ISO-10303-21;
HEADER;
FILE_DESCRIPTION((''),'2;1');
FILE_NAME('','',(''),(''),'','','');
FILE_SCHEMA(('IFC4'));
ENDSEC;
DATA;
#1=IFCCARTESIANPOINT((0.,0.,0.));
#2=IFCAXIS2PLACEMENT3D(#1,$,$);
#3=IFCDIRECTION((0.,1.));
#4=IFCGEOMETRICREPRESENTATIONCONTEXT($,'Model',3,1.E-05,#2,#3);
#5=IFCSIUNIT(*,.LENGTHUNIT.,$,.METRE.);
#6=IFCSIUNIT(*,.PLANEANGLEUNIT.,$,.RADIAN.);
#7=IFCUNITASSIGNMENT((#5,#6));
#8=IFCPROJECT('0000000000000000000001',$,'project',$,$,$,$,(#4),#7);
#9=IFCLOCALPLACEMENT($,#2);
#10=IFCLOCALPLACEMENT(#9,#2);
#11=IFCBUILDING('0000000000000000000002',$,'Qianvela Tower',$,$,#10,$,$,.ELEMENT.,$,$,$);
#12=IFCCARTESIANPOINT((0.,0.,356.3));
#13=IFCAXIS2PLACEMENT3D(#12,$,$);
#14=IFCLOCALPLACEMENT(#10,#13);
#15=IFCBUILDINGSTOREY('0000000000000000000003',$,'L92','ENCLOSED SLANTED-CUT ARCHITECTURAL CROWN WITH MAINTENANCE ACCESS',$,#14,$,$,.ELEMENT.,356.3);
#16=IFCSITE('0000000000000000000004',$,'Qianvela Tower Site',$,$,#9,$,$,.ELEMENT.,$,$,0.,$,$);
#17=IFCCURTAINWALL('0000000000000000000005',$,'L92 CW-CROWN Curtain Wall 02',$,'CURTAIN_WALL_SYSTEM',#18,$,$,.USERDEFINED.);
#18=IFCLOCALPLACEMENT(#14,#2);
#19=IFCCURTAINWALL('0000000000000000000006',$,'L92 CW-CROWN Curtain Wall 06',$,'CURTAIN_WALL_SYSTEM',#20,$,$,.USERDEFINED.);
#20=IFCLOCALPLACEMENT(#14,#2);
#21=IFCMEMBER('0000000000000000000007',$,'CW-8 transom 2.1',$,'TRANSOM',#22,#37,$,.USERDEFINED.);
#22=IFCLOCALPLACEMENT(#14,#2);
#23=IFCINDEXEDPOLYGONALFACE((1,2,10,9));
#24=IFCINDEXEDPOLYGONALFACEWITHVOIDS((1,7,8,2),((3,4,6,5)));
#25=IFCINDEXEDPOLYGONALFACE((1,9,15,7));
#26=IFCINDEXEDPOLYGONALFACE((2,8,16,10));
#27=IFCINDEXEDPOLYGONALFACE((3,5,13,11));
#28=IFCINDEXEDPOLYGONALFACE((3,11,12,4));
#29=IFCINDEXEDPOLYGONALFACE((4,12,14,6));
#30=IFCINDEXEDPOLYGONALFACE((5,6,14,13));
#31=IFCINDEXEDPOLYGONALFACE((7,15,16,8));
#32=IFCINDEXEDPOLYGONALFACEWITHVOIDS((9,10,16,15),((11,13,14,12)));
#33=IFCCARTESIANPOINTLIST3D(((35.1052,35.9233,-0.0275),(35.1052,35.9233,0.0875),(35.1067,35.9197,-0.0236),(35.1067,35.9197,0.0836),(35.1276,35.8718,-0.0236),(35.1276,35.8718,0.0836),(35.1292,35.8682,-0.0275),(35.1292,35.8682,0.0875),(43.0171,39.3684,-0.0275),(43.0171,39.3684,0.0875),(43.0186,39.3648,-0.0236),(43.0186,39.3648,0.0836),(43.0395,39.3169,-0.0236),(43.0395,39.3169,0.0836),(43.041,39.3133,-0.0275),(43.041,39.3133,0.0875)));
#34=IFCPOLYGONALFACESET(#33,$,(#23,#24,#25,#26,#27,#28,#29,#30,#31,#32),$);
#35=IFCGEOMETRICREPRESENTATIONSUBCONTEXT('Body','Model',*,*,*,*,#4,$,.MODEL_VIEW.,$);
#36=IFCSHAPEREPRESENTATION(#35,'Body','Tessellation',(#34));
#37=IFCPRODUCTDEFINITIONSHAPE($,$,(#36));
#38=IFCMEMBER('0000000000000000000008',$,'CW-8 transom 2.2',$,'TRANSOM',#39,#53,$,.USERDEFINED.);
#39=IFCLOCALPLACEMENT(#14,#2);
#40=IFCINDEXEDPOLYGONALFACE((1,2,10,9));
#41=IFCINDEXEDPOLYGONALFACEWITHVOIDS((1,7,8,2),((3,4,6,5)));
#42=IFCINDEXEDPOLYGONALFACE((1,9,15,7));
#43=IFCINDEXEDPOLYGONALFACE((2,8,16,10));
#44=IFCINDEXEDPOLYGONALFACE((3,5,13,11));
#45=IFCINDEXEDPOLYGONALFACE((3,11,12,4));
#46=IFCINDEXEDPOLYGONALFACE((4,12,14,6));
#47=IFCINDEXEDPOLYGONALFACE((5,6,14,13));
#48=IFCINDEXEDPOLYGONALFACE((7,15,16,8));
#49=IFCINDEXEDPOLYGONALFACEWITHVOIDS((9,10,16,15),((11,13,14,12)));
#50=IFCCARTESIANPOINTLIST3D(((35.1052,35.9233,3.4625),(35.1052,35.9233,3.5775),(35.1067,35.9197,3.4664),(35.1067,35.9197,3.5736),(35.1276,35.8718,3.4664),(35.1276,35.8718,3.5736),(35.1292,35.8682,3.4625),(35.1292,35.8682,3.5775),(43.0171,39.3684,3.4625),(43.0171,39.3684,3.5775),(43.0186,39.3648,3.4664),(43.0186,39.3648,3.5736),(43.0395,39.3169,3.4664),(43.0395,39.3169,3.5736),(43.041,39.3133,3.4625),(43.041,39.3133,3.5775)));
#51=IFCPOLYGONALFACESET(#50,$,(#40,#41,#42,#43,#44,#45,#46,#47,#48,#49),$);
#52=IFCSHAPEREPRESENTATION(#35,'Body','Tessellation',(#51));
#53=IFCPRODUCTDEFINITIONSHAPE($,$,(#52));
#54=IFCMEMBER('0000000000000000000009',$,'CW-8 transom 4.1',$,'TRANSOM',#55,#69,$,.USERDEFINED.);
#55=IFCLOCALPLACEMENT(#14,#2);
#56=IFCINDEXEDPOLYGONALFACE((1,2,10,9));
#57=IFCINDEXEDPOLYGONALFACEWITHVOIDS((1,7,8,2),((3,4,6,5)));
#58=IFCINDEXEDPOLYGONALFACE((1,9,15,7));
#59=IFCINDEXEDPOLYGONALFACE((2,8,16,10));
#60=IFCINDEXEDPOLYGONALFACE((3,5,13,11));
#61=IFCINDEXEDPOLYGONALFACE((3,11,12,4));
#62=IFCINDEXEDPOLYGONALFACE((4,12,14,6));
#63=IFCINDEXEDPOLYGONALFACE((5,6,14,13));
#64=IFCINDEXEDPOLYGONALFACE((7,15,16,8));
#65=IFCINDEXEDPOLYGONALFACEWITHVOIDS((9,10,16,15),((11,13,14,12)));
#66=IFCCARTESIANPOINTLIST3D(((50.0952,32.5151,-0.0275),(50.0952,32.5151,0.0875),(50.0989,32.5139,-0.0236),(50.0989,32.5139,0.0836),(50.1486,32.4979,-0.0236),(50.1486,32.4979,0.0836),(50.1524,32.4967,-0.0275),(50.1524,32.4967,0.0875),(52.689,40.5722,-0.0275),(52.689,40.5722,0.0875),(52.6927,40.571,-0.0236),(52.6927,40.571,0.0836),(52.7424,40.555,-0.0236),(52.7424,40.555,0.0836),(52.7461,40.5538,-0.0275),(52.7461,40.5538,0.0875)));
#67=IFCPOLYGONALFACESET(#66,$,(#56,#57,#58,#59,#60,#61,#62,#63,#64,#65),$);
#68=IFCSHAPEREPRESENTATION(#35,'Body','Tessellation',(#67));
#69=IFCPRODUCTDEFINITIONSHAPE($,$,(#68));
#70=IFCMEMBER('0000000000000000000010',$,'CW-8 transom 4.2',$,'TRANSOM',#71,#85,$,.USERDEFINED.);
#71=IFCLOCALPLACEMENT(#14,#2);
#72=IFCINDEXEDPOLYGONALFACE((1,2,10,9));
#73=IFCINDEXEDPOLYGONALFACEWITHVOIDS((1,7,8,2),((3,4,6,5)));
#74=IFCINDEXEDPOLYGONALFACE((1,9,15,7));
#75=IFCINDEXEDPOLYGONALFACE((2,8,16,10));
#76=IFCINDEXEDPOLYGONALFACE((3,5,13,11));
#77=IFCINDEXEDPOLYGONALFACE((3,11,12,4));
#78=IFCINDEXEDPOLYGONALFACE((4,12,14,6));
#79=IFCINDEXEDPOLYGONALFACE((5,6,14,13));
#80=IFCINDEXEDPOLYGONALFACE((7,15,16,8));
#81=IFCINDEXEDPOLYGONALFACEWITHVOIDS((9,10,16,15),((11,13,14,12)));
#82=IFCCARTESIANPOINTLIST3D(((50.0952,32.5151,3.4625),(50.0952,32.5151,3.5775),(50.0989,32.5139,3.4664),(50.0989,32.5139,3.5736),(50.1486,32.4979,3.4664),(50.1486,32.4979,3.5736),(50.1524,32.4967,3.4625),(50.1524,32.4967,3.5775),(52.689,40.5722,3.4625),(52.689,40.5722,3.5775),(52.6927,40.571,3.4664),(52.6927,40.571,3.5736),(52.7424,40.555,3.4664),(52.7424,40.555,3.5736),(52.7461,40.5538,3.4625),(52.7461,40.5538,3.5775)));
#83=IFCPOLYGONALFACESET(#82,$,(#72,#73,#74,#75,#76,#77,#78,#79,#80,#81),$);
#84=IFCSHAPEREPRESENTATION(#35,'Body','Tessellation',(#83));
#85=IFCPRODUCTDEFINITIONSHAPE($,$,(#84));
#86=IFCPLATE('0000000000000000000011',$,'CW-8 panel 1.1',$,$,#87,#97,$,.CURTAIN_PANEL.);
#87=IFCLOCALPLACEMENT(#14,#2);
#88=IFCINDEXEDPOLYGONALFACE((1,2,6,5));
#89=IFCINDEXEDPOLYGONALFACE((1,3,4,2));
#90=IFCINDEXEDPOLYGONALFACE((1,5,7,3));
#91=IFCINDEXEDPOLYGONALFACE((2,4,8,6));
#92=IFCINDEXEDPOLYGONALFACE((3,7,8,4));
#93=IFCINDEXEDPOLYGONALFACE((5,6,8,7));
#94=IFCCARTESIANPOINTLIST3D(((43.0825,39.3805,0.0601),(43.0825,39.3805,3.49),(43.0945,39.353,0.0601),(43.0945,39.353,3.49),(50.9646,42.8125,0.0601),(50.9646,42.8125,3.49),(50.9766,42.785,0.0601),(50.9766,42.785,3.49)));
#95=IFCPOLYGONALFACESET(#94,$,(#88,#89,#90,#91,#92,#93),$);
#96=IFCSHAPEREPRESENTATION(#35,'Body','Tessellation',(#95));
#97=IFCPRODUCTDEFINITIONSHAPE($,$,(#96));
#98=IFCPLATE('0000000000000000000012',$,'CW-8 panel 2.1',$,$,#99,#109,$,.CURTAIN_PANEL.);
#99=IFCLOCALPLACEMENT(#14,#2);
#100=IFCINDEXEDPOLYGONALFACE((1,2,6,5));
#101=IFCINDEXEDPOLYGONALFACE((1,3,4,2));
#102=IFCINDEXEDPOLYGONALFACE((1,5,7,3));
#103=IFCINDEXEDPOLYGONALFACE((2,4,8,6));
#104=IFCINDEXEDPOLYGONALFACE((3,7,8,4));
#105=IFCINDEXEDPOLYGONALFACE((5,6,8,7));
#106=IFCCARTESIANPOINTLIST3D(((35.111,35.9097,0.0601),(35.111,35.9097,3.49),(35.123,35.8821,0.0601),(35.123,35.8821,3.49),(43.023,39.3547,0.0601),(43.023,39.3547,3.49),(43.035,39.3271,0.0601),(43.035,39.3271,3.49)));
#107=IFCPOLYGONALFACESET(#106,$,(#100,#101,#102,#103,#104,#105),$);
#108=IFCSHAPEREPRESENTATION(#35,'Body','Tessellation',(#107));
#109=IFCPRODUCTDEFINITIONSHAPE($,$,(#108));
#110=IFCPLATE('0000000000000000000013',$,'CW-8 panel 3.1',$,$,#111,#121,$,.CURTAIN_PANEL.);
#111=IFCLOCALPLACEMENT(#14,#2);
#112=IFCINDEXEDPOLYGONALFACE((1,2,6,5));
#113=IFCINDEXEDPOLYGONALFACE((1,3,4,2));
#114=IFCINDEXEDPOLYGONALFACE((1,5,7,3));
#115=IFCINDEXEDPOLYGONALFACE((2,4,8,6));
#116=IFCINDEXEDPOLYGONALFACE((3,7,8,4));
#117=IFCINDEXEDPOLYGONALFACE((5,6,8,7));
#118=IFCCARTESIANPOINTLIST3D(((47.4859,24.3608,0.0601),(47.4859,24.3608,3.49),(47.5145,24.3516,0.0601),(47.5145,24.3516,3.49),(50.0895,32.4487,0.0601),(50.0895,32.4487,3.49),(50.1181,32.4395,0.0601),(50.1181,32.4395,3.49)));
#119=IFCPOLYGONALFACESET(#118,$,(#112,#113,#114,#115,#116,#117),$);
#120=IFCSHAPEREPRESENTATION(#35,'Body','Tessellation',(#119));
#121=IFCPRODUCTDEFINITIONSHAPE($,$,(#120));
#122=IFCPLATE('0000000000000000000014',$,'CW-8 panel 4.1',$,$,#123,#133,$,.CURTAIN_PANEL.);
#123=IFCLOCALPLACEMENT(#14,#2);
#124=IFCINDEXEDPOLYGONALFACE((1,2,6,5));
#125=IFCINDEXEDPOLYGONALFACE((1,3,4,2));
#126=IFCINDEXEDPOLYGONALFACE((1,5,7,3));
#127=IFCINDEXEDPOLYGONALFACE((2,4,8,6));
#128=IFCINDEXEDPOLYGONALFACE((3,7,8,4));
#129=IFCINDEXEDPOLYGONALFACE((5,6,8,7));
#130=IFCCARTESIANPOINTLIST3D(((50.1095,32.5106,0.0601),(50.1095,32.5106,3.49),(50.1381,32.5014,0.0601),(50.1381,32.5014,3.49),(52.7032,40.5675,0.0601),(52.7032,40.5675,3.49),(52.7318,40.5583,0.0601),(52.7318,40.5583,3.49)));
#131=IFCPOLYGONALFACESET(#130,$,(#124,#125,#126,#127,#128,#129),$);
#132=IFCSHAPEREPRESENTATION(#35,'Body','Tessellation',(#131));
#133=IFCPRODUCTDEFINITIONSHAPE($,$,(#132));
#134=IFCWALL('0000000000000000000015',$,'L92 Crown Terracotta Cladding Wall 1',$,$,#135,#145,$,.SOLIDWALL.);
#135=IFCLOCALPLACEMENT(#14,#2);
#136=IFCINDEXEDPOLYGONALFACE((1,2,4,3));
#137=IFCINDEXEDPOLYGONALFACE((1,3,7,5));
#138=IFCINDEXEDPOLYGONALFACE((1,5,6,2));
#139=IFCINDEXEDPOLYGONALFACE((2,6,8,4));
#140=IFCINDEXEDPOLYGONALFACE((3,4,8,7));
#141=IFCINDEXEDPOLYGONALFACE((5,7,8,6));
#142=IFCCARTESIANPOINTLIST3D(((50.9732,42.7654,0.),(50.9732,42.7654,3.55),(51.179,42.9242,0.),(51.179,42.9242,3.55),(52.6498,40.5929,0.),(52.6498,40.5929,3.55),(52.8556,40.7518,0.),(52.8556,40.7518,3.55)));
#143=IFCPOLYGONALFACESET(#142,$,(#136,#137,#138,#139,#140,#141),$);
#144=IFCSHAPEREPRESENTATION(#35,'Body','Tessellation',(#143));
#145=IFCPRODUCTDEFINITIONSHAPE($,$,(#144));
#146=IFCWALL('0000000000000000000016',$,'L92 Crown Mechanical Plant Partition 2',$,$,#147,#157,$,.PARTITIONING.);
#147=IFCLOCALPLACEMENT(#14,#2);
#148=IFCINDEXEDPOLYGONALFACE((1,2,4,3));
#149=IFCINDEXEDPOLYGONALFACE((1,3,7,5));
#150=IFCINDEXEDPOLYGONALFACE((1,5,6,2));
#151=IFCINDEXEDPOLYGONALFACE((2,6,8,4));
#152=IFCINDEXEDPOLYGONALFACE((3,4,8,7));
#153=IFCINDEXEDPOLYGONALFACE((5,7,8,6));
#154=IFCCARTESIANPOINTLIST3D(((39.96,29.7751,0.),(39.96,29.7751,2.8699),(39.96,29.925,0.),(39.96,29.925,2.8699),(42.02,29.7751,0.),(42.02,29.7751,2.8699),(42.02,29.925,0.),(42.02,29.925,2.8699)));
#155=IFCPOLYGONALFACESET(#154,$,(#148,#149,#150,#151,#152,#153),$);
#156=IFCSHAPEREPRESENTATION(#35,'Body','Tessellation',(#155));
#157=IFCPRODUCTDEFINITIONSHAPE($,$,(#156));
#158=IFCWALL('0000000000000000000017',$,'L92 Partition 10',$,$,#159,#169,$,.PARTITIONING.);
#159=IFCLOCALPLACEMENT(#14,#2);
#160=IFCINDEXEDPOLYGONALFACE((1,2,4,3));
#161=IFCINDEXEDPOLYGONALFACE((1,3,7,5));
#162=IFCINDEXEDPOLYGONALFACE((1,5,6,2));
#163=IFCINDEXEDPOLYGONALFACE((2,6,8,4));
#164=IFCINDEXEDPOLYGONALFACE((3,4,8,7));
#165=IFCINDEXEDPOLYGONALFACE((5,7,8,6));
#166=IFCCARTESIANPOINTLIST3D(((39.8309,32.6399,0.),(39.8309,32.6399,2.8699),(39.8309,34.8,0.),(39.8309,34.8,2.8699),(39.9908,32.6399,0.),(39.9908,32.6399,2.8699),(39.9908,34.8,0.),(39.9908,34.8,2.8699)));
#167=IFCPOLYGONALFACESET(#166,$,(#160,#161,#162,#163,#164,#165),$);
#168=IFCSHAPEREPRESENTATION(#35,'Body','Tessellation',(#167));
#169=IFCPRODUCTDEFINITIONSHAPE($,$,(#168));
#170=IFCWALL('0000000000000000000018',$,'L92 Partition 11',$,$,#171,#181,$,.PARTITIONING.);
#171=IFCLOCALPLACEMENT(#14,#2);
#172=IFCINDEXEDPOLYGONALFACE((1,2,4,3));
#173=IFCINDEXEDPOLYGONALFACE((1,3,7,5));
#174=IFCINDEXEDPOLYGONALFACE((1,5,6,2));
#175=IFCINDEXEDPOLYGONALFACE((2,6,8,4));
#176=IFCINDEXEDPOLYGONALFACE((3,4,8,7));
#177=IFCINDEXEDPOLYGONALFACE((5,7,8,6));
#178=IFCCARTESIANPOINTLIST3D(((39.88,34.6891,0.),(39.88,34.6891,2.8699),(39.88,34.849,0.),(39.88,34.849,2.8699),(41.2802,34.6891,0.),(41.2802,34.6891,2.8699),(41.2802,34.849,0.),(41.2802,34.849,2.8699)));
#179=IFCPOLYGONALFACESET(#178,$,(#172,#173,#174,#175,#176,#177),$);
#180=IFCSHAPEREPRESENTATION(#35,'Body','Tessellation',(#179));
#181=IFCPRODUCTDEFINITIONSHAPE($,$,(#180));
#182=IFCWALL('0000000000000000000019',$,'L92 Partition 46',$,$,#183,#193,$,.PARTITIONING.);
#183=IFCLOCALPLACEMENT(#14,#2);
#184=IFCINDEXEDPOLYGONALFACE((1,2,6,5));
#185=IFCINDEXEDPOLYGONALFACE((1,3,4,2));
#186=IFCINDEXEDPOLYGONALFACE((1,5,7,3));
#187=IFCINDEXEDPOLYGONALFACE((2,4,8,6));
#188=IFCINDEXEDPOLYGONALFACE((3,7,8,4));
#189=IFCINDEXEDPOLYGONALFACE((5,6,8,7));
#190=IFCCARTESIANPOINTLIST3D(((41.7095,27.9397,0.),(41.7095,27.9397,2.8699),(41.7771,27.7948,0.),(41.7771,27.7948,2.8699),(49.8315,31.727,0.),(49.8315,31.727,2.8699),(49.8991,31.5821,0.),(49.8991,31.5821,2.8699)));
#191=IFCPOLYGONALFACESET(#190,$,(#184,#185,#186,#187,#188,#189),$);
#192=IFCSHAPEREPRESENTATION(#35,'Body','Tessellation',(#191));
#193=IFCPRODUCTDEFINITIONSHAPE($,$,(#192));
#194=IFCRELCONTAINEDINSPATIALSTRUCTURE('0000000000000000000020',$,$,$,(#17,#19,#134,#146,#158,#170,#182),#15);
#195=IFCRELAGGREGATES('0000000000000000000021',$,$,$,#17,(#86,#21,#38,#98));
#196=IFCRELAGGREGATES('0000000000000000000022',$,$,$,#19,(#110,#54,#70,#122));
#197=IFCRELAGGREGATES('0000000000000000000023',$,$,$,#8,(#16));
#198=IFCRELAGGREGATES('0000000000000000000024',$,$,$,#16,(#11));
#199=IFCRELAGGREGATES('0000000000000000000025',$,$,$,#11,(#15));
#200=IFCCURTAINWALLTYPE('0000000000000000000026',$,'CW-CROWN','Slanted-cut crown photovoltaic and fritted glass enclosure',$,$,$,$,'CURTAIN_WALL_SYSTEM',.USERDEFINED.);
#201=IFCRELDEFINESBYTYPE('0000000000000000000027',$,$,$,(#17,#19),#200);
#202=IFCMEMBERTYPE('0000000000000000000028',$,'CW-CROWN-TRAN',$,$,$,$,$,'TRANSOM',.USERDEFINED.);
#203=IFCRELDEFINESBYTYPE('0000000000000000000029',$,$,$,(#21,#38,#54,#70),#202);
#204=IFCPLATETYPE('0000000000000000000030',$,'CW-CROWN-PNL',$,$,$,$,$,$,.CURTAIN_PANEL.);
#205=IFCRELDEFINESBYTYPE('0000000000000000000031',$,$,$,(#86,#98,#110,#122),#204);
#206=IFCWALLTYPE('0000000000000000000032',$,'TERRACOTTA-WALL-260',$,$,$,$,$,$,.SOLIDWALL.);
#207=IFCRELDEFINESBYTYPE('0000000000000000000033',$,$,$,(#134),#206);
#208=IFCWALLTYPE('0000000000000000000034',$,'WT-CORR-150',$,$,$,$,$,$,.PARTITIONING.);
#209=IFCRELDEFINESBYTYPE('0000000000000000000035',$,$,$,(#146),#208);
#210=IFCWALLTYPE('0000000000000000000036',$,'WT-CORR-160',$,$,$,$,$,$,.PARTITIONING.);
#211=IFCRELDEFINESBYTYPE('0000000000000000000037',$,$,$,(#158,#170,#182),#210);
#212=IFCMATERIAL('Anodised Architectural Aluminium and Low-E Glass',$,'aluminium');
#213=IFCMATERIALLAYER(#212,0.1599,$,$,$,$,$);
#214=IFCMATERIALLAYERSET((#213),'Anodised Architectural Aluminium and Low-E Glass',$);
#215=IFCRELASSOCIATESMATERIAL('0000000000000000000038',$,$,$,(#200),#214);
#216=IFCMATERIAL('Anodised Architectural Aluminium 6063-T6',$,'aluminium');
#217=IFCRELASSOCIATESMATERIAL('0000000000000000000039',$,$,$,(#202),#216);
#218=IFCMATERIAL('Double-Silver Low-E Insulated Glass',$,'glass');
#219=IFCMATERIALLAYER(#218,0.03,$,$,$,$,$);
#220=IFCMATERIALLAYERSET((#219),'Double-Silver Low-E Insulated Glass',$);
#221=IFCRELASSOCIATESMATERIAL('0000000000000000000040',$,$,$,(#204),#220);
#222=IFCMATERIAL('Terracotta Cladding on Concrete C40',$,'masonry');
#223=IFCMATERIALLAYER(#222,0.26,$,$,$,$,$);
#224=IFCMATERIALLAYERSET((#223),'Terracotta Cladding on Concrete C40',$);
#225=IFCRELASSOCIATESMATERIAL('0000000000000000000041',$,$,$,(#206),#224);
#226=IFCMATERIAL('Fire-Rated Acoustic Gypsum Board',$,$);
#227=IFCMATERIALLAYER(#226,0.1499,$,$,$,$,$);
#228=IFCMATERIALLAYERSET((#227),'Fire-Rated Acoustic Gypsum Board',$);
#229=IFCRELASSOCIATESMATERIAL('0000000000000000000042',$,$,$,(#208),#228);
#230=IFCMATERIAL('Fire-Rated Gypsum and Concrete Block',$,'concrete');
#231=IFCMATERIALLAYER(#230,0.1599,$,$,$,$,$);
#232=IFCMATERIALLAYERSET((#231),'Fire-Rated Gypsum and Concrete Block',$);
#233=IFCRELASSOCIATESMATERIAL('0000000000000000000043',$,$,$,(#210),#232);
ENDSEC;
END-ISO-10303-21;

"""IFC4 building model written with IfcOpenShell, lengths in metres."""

from ifc_helpers import new_model, si_unit, direction, frame, frame_2d, origin, origin_2d, place, context, subcontext, project, spatial, rectangle, hollow_rectangle, extrude, material, layer, layer_set, material_profile, profile_set, type_object, element, aggregate, save


model = new_model("IFC4")

# Units and contexts
model_context = context("Model", 3, precision=1e-05, world=origin(), true_north=direction((0.0, 1.0)))
body_context = subcontext(model_context, "Body", "Model", "MODEL_VIEW")
ifc_project = project(units=[si_unit("LENGTHUNIT", "METRE"), si_unit("PLANEANGLEUNIT", "RADIAN")], contexts=[model_context])

# Site, building, storey
site_placement = place(None, origin())
site = spatial("IfcSite", under=ifc_project, at=site_placement, Name="Qianvela Tower Site", CompositionType="ELEMENT", RefElevation=0.0)
building_placement = place(site_placement, origin())
building = spatial("IfcBuilding", under=site, at=building_placement, Name="Qianvela Tower", CompositionType="ELEMENT")
storey_placement = place(building_placement, frame((0.0, 0.0, 356.3)))
storey = spatial("IfcBuildingStorey", under=building, at=storey_placement, Name="L92", Description="ENCLOSED SLANTED-CUT ARCHITECTURAL CROWN WITH MAINTENANCE ACCESS", CompositionType="ELEMENT", Elevation=356.3)

# Curtain walls
ifc_material_1 = material(Name="Anodised Architectural Aluminium and Low-E Glass", Category="aluminium")
ifc_layer_1 = layer(ifc_material_1, 0.1599)
ifc_layer_set_1 = layer_set([ifc_layer_1], Name="Anodised Architectural Aluminium and Low-E Glass")
curtain_wall_type = type_object("IfcCurtainWallType", Name="CW-CROWN", Description="Slanted-cut crown photovoltaic and fritted glass enclosure", ElementType="CURTAIN_WALL_SYSTEM", PredefinedType="USERDEFINED", material=ifc_layer_set_1)
curtain_wall_1_placement = place(storey_placement, origin())
curtain_wall_1 = element("IfcCurtainWall", 1, at=curtain_wall_1_placement, inside=storey, type_object=curtain_wall_type, Name="L92 CW-CROWN Curtain Wall 02", ObjectType="CURTAIN_WALL_SYSTEM", PredefinedType="USERDEFINED")
curtain_wall_2_placement = place(storey_placement, origin())
curtain_wall_2 = element("IfcCurtainWall", 2, at=curtain_wall_2_placement, inside=storey, type_object=curtain_wall_type, Name="L92 CW-CROWN Curtain Wall 06", ObjectType="CURTAIN_WALL_SYSTEM", PredefinedType="USERDEFINED")

# Members
ifc_material_2 = material(Name="Anodised Architectural Aluminium 6063-T6", Category="aluminium")
ifc_material_profile_1 = material_profile(ifc_material_2, hollow_rectangle(XDim=0.0601, YDim=0.115, WallThickness=0.0039, at=origin_2d()), Name="ALU-TRAN-60x115")
ifc_profile_set_1 = profile_set([ifc_material_profile_1], Name="Anodised Architectural Aluminium 6063-T6")
member_type_1 = type_object("IfcMemberType", Name="CW-CROWN-TRAN", ElementType="TRANSOM", PredefinedType="USERDEFINED", material=ifc_profile_set_1)
member_1_placement = place(storey_placement, frame((43.0291, 39.3408, 0.03), z_axis=(-0.916853, -0.399226, 0.0), x_axis=(0.399226, -0.916853, 0.0)))
member_1 = element("IfcMember", 3, at=member_1_placement, type_object=member_type_1, Name="CW-8 transom 2.1", ObjectType="TRANSOM", PredefinedType="USERDEFINED", context=body_context, shape_type="SweptSolid", body=[
    extrude(hollow_rectangle(XDim=0.0601, YDim=0.115, WallThickness=0.0039, at=origin_2d()), origin(), (0.0, 0.0, 1.0), 8.6294),
])
member_2_placement = place(storey_placement, frame((43.0291, 39.3408, 3.52), z_axis=(-0.916853, -0.399226, 0.0), x_axis=(0.399226, -0.916853, 0.0)))
member_2 = element("IfcMember", 4, at=member_2_placement, type_object=member_type_1, Name="CW-8 transom 2.2", ObjectType="TRANSOM", PredefinedType="USERDEFINED", context=body_context, shape_type="SweptSolid", body=[
    extrude(hollow_rectangle(XDim=0.0601, YDim=0.115, WallThickness=0.0039, at=origin_2d()), origin(), (0.0, 0.0, 1.0), 8.6294),
])
member_3_placement = place(storey_placement, frame((50.1238, 32.5059, 0.03), z_axis=(0.306433, 0.951892, 0.0), x_axis=(-0.951892, 0.306433, 0.0)))
member_3 = element("IfcMember", 5, at=member_3_placement, type_object=member_type_1, Name="CW-8 transom 4.1", ObjectType="TRANSOM", PredefinedType="USERDEFINED", context=body_context, shape_type="SweptSolid", body=[
    extrude(hollow_rectangle(XDim=0.0601, YDim=0.115, WallThickness=0.0039, at=origin_2d()), origin(), (0.0, 0.0, 1.0), 8.4644),
])
member_4_placement = place(storey_placement, frame((50.1238, 32.5059, 3.52), z_axis=(0.306433, 0.951892, 0.0), x_axis=(-0.951892, 0.306433, 0.0)))
member_4 = element("IfcMember", 6, at=member_4_placement, type_object=member_type_1, Name="CW-8 transom 4.2", ObjectType="TRANSOM", PredefinedType="USERDEFINED", context=body_context, shape_type="SweptSolid", body=[
    extrude(hollow_rectangle(XDim=0.0601, YDim=0.115, WallThickness=0.0039, at=origin_2d()), origin(), (0.0, 0.0, 1.0), 8.4644),
])

# Plates
ifc_material_3 = material(Name="Double-Silver Low-E Insulated Glass", Category="glass")
ifc_layer_2 = layer(ifc_material_3, 0.03)
ifc_layer_set_2 = layer_set([ifc_layer_2], Name="Double-Silver Low-E Insulated Glass")
plate_type = type_object("IfcPlateType", Name="CW-CROWN-PNL", PredefinedType="CURTAIN_PANEL", material=ifc_layer_set_2)
plate_1_placement = place(storey_placement, frame((47.0295, 41.0828, 0.0601), z_axis=(0.0, 0.0, 1.0), x_axis=(-0.916857, -0.399215, 0.0)))
plate_1 = element("IfcPlate", 7, at=plate_1_placement, type_object=plate_type, Name="CW-8 panel 1.1", PredefinedType="CURTAIN_PANEL", context=body_context, shape_type="SweptSolid", body=[
    extrude(rectangle(XDim=8.5969, YDim=0.03, at=origin_2d()), origin(), (0.0, 0.0, 1.0), 3.4299),
])
plate_2_placement = place(storey_placement, frame((39.073, 37.6184, 0.0601), z_axis=(0.0, 0.0, 1.0), x_axis=(-0.916857, -0.399215, 0.0)))
plate_2 = element("IfcPlate", 8, at=plate_2_placement, type_object=plate_type, Name="CW-8 panel 2.1", PredefinedType="CURTAIN_PANEL", context=body_context, shape_type="SweptSolid", body=[
    extrude(rectangle(XDim=8.6294, YDim=0.03, at=origin_2d()), origin(), (0.0, 0.0, 1.0), 3.4299),
])
aggregate(curtain_wall_1, [plate_1, member_1, member_2, plate_2])
plate_3_placement = place(storey_placement, frame((48.802, 28.4001, 0.0601), z_axis=(0.0, 0.0, 1.0), x_axis=(0.306426, 0.951894, 0.0)))
plate_3 = element("IfcPlate", 9, at=plate_3_placement, type_object=plate_type, Name="CW-8 panel 3.1", PredefinedType="CURTAIN_PANEL", context=body_context, shape_type="SweptSolid", body=[
    extrude(rectangle(XDim=8.4966, YDim=0.03, at=origin_2d()), origin(), (0.0, 0.0, 1.0), 3.4299),
])
plate_4_placement = place(storey_placement, frame((51.4207, 36.5344, 0.0601), z_axis=(0.0, 0.0, 1.0), x_axis=(0.306426, 0.951894, 0.0)))
plate_4 = element("IfcPlate", 10, at=plate_4_placement, type_object=plate_type, Name="CW-8 panel 4.1", PredefinedType="CURTAIN_PANEL", context=body_context, shape_type="SweptSolid", body=[
    extrude(rectangle(XDim=8.4641, YDim=0.03, at=origin_2d()), origin(), (0.0, 0.0, 1.0), 3.4299),
])
aggregate(curtain_wall_2, [plate_3, member_3, member_4, plate_4])

# Wall
ifc_material_4 = material(Name="Terracotta Cladding on Concrete C40", Category="masonry")
ifc_layer_3 = layer(ifc_material_4, 0.26)
ifc_layer_set_3 = layer_set([ifc_layer_3], Name="Terracotta Cladding on Concrete C40")
wall_type_1 = type_object("IfcWallType", Name="TERRACOTTA-WALL-260", PredefinedType="SOLIDWALL", material=ifc_layer_set_3)
wall_1_placement = place(storey_placement, frame((52.7527, 40.6724, 0.0), z_axis=(0.0, 0.0, 1.0), x_axis=(-0.610961, 0.791661, 0.0)))
element("IfcWall", 11, at=wall_1_placement, inside=storey, type_object=wall_type_1, Name="L92 Crown Terracotta Cladding Wall 1", PredefinedType="SOLIDWALL", context=body_context, shape_type="SweptSolid", body=[
    extrude(rectangle(XDim=2.7441, YDim=0.26, at=frame_2d((1.3721, 0.0))), origin(), (0.0, 0.0, 1.0), 3.55),
])

# Shared definitions
ifc_material_5 = material(Name="Fire-Rated Acoustic Gypsum Board")
ifc_layer_4 = layer(ifc_material_5, 0.1499)
ifc_layer_set_4 = layer_set([ifc_layer_4], Name="Fire-Rated Acoustic Gypsum Board")
wall_type_2 = type_object("IfcWallType", Name="WT-CORR-150", PredefinedType="PARTITIONING", material=ifc_layer_set_4)

# Wall
wall_2_placement = place(storey_placement, frame((39.96, 29.8501, 0.0), z_axis=(0.0, 0.0, 1.0), x_axis=(1.0, 0.0, 0.0)))
element("IfcWall", 12, at=wall_2_placement, inside=storey, type_object=wall_type_2, Name="L92 Crown Mechanical Plant Partition 2", PredefinedType="PARTITIONING", context=body_context, shape_type="SweptSolid", body=[
    extrude(rectangle(XDim=2.0601, YDim=0.1499, at=frame_2d((1.03, 0.0))), origin(), (0.0, 0.0, 1.0), 2.8699),
])

# Shared definitions
ifc_material_6 = material(Name="Fire-Rated Gypsum and Concrete Block", Category="concrete")
ifc_layer_5 = layer(ifc_material_6, 0.1599)
ifc_layer_set_5 = layer_set([ifc_layer_5], Name="Fire-Rated Gypsum and Concrete Block")
wall_type_3 = type_object("IfcWallType", Name="WT-CORR-160", PredefinedType="PARTITIONING", material=ifc_layer_set_5)

# Walls
wall_3_placement = place(storey_placement, frame((39.9109, 32.6399, 0.0), z_axis=(0.0, 0.0, 1.0), x_axis=(0.0, 1.0, 0.0)))
element("IfcWall", 13, at=wall_3_placement, inside=storey, type_object=wall_type_3, Name="L92 Partition 10", PredefinedType="PARTITIONING", context=body_context, shape_type="SweptSolid", body=[
    extrude(rectangle(XDim=2.1602, YDim=0.1599, at=frame_2d((1.0801, 0.0))), origin(), (0.0, 0.0, 1.0), 2.8699),
])
wall_4_placement = place(storey_placement, frame((39.8799, 34.769, 0.0), z_axis=(0.0, 0.0, 1.0), x_axis=(1.0, 0.0, 0.0)))
element("IfcWall", 14, at=wall_4_placement, inside=storey, type_object=wall_type_3, Name="L92 Partition 11", PredefinedType="PARTITIONING", context=body_context, shape_type="SweptSolid", body=[
    extrude(rectangle(XDim=1.4001, YDim=0.1599, at=frame_2d((0.7002, 0.0))), origin(), (0.0, 0.0, 1.0), 2.8699),
])
wall_5_placement = place(storey_placement, frame((41.7432, 27.8672, 0.0), z_axis=(0.0, 0.0, 1.0), x_axis=(0.906309, 0.422616, 0.0)))
element("IfcWall", 15, at=wall_5_placement, inside=storey, type_object=wall_type_3, Name="L92 Partition 46", PredefinedType="PARTITIONING", context=body_context, shape_type="SweptSolid", body=[
    extrude(rectangle(XDim=8.9617, YDim=0.1599, at=frame_2d((4.481, 0.0))), origin(), (0.0, 0.0, 1.0), 2.8699),
])

save(model, "model.ifc")
